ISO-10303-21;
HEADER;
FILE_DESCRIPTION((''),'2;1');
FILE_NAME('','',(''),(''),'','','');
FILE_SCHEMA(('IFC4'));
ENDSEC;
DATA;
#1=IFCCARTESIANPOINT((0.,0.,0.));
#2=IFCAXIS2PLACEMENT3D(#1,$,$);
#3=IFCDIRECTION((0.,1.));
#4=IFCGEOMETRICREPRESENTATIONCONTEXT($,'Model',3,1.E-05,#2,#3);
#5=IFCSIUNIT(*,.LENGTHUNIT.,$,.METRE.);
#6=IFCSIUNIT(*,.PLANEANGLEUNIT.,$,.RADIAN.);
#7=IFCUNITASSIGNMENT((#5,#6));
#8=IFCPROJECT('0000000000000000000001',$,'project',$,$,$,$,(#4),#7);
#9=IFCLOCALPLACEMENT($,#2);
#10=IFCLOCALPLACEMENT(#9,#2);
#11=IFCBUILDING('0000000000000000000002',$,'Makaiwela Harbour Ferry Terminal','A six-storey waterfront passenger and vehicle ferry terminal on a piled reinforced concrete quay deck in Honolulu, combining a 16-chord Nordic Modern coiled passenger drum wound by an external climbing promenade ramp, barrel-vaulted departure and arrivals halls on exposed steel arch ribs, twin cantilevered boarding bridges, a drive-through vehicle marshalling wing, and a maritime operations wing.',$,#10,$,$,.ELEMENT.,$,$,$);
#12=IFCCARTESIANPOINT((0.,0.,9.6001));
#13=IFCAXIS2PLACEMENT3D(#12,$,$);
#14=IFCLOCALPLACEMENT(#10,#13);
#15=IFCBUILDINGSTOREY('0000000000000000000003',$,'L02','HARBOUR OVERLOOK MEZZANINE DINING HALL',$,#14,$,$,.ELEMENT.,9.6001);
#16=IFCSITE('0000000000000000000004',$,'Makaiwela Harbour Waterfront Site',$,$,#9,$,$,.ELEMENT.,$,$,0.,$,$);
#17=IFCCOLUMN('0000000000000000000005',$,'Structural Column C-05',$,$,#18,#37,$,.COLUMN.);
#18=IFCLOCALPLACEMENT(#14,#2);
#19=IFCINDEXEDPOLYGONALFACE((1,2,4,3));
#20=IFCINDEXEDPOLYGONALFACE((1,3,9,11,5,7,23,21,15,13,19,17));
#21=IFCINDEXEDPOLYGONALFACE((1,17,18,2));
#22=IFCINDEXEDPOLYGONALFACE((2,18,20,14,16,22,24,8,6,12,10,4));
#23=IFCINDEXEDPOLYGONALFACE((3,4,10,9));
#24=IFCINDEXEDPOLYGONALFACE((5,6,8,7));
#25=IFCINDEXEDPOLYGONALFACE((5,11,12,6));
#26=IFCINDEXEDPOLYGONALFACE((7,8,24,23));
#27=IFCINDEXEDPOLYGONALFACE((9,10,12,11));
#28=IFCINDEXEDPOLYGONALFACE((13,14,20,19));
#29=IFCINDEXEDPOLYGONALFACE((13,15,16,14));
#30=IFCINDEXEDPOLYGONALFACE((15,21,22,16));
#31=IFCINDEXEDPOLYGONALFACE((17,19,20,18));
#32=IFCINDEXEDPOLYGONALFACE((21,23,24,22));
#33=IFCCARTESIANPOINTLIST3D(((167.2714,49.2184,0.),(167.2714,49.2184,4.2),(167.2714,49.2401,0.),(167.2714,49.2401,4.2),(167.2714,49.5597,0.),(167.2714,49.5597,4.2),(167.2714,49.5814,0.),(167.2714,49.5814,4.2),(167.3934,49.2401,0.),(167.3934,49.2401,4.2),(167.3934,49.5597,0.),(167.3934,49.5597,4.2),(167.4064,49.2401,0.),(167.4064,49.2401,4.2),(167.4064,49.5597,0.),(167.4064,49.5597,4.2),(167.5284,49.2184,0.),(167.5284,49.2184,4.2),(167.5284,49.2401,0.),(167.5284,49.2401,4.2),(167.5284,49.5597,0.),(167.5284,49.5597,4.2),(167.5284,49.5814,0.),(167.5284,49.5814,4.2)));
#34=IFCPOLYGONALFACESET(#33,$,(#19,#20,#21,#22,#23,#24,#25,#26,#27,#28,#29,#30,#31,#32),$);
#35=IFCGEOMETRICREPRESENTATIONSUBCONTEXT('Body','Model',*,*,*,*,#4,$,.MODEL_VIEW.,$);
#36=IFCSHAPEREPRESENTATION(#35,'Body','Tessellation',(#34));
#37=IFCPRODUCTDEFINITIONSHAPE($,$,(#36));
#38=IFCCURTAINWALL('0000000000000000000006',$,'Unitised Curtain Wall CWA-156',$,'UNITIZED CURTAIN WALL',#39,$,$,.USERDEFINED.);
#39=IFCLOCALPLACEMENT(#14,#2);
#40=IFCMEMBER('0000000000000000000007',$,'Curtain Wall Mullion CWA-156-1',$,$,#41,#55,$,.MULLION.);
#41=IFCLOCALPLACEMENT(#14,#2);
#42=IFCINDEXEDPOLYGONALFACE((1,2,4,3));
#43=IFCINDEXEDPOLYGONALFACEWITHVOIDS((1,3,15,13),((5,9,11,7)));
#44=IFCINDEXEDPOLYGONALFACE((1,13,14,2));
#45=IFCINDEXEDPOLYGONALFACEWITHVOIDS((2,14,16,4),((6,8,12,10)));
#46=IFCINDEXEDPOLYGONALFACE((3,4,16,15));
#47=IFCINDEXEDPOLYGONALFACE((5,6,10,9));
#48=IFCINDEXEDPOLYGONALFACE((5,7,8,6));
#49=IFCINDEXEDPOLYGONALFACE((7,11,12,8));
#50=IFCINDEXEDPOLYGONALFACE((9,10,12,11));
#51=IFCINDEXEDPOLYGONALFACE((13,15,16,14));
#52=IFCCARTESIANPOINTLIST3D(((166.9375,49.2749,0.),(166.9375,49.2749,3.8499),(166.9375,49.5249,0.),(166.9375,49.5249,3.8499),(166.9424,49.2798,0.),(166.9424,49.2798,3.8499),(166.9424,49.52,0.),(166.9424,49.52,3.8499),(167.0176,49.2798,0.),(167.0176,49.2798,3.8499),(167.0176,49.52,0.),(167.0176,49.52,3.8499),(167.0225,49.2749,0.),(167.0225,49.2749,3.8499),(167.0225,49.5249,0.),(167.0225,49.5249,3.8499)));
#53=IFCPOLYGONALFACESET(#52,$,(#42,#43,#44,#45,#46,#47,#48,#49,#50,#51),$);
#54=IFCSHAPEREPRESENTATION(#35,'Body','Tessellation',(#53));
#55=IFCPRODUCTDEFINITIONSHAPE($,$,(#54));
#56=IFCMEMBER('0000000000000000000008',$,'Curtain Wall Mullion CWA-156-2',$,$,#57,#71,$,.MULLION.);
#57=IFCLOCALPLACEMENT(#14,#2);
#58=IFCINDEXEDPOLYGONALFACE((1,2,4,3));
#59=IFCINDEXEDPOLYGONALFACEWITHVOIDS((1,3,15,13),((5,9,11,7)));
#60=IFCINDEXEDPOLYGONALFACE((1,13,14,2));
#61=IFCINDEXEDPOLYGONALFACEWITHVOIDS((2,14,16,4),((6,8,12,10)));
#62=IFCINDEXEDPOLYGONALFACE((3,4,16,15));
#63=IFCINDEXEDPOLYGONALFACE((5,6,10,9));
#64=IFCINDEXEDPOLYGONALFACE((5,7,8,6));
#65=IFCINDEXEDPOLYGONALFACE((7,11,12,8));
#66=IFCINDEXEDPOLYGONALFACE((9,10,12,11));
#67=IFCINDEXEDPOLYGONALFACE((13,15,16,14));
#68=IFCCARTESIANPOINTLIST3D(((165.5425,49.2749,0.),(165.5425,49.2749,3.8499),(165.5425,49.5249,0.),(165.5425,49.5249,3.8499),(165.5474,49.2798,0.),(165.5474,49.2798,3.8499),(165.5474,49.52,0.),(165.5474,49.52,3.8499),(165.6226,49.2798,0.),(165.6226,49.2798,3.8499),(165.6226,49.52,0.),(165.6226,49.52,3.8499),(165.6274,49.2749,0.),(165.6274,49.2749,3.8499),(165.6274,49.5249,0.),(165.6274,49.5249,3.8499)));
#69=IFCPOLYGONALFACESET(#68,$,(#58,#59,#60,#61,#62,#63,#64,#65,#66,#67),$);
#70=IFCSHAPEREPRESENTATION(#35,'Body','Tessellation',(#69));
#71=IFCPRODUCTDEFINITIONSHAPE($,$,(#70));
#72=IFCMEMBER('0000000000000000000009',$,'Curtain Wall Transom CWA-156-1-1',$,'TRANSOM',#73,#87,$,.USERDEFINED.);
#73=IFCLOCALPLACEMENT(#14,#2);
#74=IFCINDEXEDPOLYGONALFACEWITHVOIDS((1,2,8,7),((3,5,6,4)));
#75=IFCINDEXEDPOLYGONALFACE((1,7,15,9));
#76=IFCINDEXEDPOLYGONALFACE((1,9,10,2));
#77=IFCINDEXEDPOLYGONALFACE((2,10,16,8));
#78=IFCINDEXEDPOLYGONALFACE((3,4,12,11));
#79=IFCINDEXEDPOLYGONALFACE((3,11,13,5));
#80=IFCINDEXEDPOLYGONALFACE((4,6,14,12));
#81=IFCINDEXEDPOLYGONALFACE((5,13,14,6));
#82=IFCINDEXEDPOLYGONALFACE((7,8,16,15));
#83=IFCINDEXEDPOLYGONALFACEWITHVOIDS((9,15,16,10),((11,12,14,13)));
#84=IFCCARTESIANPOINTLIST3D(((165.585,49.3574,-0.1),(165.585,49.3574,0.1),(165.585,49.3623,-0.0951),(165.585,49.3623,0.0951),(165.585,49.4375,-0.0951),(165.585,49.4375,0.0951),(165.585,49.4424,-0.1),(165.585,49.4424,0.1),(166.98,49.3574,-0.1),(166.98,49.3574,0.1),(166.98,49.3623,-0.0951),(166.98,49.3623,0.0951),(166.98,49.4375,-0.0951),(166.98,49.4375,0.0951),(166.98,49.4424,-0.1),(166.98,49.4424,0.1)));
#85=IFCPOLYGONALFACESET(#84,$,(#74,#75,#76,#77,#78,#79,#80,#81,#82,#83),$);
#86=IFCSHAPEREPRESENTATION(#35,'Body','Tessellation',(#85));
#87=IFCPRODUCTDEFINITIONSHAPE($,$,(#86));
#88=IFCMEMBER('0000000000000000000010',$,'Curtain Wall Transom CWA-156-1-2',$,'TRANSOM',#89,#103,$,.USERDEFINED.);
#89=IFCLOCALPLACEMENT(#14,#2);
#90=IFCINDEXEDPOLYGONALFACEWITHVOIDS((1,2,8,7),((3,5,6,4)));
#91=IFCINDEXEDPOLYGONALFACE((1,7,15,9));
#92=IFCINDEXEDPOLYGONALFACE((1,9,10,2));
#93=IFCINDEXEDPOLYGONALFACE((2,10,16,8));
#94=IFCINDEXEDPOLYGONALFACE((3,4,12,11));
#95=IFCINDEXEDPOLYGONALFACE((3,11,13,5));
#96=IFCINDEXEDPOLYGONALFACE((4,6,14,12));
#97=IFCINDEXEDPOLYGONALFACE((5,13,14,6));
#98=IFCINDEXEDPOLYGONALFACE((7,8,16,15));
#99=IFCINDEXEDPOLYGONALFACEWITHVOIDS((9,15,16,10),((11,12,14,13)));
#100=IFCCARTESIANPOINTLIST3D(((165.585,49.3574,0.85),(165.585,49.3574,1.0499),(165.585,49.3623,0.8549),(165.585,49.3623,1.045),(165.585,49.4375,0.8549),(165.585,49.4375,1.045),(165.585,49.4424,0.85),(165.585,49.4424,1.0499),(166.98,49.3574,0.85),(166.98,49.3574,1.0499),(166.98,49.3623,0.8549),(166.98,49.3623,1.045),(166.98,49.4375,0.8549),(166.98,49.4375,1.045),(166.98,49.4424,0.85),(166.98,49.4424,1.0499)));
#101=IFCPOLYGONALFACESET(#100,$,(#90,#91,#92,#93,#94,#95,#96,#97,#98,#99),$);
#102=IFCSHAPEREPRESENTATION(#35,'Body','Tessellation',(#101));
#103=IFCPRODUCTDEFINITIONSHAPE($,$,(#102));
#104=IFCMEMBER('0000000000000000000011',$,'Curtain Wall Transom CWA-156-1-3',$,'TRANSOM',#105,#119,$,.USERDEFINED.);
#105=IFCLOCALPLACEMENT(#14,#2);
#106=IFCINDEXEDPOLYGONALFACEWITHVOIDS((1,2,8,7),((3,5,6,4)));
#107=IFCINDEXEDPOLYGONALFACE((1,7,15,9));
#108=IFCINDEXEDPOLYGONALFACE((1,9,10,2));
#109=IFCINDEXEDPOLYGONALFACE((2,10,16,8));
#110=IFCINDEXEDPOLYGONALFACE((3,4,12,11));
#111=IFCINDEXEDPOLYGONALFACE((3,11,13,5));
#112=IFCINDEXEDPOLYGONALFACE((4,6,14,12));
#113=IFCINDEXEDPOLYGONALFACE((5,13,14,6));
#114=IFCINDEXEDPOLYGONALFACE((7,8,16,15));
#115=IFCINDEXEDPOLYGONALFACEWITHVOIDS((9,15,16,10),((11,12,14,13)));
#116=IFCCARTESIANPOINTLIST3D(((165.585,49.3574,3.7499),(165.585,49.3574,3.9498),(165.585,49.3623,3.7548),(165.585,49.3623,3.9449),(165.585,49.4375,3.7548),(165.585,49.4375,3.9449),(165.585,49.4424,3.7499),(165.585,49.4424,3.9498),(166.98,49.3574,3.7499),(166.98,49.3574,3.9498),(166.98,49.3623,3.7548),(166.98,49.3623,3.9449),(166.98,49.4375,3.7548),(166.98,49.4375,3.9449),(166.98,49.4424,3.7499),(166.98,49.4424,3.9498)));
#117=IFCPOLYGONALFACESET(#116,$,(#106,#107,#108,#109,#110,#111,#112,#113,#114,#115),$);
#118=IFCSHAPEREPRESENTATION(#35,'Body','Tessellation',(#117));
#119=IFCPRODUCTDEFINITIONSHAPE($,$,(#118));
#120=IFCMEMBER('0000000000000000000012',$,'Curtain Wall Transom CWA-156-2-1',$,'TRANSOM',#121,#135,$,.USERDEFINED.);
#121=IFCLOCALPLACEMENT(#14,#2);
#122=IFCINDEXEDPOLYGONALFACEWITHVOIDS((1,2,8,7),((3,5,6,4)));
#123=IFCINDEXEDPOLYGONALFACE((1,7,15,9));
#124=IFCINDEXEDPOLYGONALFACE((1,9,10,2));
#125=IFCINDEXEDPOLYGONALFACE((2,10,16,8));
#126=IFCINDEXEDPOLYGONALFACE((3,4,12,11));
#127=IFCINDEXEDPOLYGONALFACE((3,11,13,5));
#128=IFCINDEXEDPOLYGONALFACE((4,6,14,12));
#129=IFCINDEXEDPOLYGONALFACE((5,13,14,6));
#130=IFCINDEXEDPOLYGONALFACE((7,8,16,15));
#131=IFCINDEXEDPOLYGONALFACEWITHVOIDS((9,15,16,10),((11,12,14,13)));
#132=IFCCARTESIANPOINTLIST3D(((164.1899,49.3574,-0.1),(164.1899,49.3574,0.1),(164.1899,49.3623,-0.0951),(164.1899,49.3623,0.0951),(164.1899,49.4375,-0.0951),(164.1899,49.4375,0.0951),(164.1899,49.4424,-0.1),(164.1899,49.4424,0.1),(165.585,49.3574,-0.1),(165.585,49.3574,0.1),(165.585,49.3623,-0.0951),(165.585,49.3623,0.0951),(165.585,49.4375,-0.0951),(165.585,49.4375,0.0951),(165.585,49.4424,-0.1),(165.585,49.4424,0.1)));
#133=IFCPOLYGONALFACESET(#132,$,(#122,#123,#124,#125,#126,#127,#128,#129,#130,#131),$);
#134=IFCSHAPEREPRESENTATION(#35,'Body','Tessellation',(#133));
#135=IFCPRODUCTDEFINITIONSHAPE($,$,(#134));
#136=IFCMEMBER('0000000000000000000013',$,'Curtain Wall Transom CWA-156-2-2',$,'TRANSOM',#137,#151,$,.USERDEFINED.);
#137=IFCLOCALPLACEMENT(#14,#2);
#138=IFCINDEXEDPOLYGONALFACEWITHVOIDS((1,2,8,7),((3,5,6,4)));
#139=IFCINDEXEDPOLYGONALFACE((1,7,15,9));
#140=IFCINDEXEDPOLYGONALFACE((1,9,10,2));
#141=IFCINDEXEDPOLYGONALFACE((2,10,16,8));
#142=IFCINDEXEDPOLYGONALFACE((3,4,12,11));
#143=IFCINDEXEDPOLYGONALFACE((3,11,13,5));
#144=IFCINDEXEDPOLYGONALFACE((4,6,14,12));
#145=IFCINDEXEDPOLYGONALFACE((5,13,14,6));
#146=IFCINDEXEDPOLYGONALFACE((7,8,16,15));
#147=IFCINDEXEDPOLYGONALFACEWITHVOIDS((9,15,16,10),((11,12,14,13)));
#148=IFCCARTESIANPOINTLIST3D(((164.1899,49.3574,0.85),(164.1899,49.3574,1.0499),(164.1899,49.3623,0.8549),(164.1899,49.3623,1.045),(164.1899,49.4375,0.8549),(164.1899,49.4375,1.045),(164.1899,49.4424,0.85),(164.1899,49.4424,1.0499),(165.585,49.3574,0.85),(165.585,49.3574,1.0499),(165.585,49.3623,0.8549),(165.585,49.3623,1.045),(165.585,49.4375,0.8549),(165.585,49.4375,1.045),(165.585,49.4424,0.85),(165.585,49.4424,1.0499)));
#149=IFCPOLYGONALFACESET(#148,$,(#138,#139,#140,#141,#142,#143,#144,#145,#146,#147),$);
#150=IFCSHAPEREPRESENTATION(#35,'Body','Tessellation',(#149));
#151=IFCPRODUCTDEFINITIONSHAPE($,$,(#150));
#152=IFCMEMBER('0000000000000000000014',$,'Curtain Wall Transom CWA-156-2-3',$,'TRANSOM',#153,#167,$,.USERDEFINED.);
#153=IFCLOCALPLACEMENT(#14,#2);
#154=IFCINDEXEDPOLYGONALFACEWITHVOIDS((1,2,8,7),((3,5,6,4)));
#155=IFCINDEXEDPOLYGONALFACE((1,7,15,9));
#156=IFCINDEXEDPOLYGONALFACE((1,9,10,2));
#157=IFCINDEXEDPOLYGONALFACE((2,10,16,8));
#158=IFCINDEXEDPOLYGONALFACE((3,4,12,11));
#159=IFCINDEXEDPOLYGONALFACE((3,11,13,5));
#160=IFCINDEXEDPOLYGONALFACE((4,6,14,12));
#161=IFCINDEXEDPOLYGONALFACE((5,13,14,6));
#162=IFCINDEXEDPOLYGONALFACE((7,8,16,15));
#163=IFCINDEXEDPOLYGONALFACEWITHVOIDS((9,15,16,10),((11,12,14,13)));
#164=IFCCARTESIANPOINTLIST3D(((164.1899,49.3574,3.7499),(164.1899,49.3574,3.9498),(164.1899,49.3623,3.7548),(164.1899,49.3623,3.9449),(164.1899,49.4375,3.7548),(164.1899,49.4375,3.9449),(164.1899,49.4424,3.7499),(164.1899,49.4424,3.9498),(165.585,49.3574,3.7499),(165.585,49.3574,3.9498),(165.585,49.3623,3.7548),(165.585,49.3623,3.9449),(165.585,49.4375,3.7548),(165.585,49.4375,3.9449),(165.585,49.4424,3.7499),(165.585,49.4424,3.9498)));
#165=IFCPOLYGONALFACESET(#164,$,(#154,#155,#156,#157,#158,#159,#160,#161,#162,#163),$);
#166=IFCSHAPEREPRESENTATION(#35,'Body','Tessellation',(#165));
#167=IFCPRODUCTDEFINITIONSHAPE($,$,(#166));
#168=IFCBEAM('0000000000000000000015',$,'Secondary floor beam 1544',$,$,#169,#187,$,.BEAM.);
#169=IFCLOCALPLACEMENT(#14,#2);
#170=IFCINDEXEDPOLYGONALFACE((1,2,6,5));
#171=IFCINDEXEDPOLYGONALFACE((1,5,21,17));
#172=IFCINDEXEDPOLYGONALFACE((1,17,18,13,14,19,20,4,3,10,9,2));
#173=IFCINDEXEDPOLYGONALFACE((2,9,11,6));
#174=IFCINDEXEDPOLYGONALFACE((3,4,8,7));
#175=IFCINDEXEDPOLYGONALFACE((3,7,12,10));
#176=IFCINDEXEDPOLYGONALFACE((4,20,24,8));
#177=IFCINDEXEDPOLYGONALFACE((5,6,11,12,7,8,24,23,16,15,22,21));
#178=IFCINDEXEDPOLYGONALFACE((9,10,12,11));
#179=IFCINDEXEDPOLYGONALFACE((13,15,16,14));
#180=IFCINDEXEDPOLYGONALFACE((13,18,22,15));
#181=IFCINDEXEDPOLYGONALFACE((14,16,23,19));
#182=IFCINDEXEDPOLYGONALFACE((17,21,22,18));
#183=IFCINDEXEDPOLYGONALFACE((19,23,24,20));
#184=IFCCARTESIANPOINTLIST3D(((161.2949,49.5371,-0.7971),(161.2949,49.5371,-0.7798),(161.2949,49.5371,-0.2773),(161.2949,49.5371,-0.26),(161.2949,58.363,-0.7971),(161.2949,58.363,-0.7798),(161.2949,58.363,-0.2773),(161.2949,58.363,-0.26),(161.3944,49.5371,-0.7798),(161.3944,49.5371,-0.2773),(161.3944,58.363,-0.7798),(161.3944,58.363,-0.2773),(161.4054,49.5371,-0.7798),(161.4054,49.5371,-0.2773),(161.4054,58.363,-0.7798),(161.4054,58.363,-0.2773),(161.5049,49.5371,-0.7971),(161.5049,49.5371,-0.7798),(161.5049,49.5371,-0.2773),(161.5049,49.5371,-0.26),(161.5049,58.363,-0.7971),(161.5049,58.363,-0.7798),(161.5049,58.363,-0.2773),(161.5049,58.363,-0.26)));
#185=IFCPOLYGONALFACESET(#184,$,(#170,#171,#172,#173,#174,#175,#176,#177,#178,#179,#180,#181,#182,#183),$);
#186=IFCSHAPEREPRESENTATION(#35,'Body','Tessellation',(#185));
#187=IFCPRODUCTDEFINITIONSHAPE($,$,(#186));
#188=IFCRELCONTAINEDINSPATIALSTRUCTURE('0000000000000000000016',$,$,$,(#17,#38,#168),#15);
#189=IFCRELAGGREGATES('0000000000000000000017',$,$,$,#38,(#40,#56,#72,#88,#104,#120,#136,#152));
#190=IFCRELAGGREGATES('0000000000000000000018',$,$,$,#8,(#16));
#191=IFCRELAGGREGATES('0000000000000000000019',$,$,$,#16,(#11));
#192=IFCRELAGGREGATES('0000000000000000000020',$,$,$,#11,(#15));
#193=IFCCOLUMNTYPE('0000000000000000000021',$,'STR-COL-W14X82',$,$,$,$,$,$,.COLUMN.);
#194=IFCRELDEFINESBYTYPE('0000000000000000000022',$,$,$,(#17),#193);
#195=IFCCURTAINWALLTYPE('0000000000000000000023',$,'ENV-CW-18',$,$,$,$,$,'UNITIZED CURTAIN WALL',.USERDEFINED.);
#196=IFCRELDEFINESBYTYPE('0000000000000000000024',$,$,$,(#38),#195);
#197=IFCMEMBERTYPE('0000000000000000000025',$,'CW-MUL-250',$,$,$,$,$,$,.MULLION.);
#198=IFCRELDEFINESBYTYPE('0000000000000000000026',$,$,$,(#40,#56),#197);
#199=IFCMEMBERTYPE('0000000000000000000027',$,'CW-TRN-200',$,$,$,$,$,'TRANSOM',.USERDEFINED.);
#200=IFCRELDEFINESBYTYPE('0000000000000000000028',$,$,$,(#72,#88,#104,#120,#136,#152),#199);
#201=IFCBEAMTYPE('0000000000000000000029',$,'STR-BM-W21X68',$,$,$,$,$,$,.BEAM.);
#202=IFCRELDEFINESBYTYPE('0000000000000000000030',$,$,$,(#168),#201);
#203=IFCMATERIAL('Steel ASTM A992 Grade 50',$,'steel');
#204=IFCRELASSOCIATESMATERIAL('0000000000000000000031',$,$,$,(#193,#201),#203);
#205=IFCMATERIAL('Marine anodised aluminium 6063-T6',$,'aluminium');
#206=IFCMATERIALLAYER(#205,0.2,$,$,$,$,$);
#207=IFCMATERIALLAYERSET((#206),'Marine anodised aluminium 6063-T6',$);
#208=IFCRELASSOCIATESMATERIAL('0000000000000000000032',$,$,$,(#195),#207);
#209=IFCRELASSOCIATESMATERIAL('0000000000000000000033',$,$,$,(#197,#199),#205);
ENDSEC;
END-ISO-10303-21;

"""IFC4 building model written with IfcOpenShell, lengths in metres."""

from ifc_helpers import new_model, si_unit, direction, frame, origin, origin_2d, place, context, subcontext, project, spatial, hollow_rectangle, i_section, extrude, material, layer, layer_set, material_profile, profile_set, type_object, element, aggregate, save


model = new_model("IFC4")

# Units and contexts
model_context = context("Model", 3, precision=1e-05, world=origin(), true_north=direction((0.0, 1.0)))
body_context = subcontext(model_context, "Body", "Model", "MODEL_VIEW")
ifc_project = project(units=[si_unit("LENGTHUNIT", "METRE"), si_unit("PLANEANGLEUNIT", "RADIAN")], contexts=[model_context])

# Site, building, storey
site_placement = place(None, origin())
site = spatial("IfcSite", under=ifc_project, at=site_placement, Name="Makaiwela Harbour Waterfront Site", CompositionType="ELEMENT", RefElevation=0.0)
building_placement = place(site_placement, origin())
building = spatial("IfcBuilding", under=site, at=building_placement, Name="Makaiwela Harbour Ferry Terminal", Description="A six-storey waterfront passenger and vehicle ferry terminal on a piled reinforced concrete quay deck in Honolulu, combining a 16-chord Nordic Modern coiled passenger drum wound by an external climbing promenade ramp, barrel-vaulted departure and arrivals halls on exposed steel arch ribs, twin cantilevered boarding bridges, a drive-through vehicle marshalling wing, and a maritime operations wing.", CompositionType="ELEMENT")
storey_placement = place(building_placement, frame((0.0, 0.0, 9.6001)))
storey = spatial("IfcBuildingStorey", under=building, at=storey_placement, Name="L02", Description="HARBOUR OVERLOOK MEZZANINE DINING HALL", CompositionType="ELEMENT", Elevation=9.6001)

# Column
ifc_material_1 = material(Name="Steel ASTM A992 Grade 50", Category="steel")
ifc_material_profile_1 = material_profile(ifc_material_1, i_section(OverallWidth=0.2571, OverallDepth=0.363, WebThickness=0.0129, FlangeThickness=0.0217, at=origin_2d()), Name="W14X82")
ifc_profile_set_1 = profile_set([ifc_material_profile_1], Name="Steel ASTM A992 Grade 50")
column_type = type_object("IfcColumnType", Name="STR-COL-W14X82", PredefinedType="COLUMN", material=ifc_profile_set_1)
column_placement = place(storey_placement, frame((167.3999, 49.3999, 0.0), z_axis=(0.0, 0.0, 1.0), x_axis=(1.0, 0.0, 0.0)))
element("IfcColumn", 1, at=column_placement, inside=storey, type_object=column_type, Name="Structural Column C-05", PredefinedType="COLUMN", context=body_context, shape_type="SweptSolid", body=[
    extrude(i_section(OverallWidth=0.2571, OverallDepth=0.363, WebThickness=0.0129, FlangeThickness=0.0217, at=origin_2d()), origin(), (0.0, 0.0, 1.0), 4.2),
])

# Curtain wall, members
ifc_material_2 = material(Name="Marine anodised aluminium 6063-T6", Category="aluminium")
ifc_layer_1 = layer(ifc_material_2, 0.2)
ifc_layer_set_1 = layer_set([ifc_layer_1], Name="Marine anodised aluminium 6063-T6")
curtain_wall_type = type_object("IfcCurtainWallType", Name="ENV-CW-18", ElementType="UNITIZED CURTAIN WALL", PredefinedType="USERDEFINED", material=ifc_layer_set_1)
curtain_wall_placement = place(storey_placement, origin())
curtain_wall = element("IfcCurtainWall", 2, at=curtain_wall_placement, inside=storey, type_object=curtain_wall_type, Name="Unitised Curtain Wall CWA-156", ObjectType="UNITIZED CURTAIN WALL", PredefinedType="USERDEFINED")
ifc_material_profile_2 = material_profile(ifc_material_2, hollow_rectangle(XDim=0.085, YDim=0.25, WallThickness=0.0049, at=origin_2d()), Name="CWM-250X85")
ifc_profile_set_2 = profile_set([ifc_material_profile_2], Name="Marine anodised aluminium 6063-T6")
member_type_1 = type_object("IfcMemberType", Name="CW-MUL-250", PredefinedType="MULLION", material=ifc_profile_set_2)
member_1_placement = place(storey_placement, frame((166.98, 49.3999, 0.0), z_axis=(0.0, 0.0, 1.0), x_axis=(1.0, 0.0, 0.0)))
member_1 = element("IfcMember", 3, at=member_1_placement, type_object=member_type_1, Name="Curtain Wall Mullion CWA-156-1", PredefinedType="MULLION", context=body_context, shape_type="SweptSolid", body=[
    extrude(hollow_rectangle(XDim=0.085, YDim=0.25, WallThickness=0.0049, at=origin_2d()), origin(), (0.0, 0.0, 1.0), 3.8499),
])
member_2_placement = place(storey_placement, frame((165.585, 49.3999, 0.0), z_axis=(0.0, 0.0, 1.0), x_axis=(1.0, 0.0, 0.0)))
member_2 = element("IfcMember", 4, at=member_2_placement, type_object=member_type_1, Name="Curtain Wall Mullion CWA-156-2", PredefinedType="MULLION", context=body_context, shape_type="SweptSolid", body=[
    extrude(hollow_rectangle(XDim=0.085, YDim=0.25, WallThickness=0.0049, at=origin_2d()), origin(), (0.0, 0.0, 1.0), 3.8499),
])
ifc_material_profile_3 = material_profile(ifc_material_2, hollow_rectangle(XDim=0.085, YDim=0.2, WallThickness=0.0049, at=origin_2d()), Name="CWT-200X85")
ifc_profile_set_3 = profile_set([ifc_material_profile_3], Name="Marine anodised aluminium 6063-T6")
member_type_2 = type_object("IfcMemberType", Name="CW-TRN-200", ElementType="TRANSOM", PredefinedType="USERDEFINED", material=ifc_profile_set_3)
member_3_placement = place(storey_placement, frame((166.98, 49.3999, 0.0), z_axis=(-1.0, 0.0, 0.0), x_axis=(0.0, -1.0, 0.0)))
member_3 = element("IfcMember", 5, at=member_3_placement, type_object=member_type_2, Name="Curtain Wall Transom CWA-156-1-1", ObjectType="TRANSOM", PredefinedType="USERDEFINED", context=body_context, shape_type="SweptSolid", body=[
    extrude(hollow_rectangle(XDim=0.085, YDim=0.2, WallThickness=0.0049, at=origin_2d()), origin(), (0.0, 0.0, 1.0), 1.395),
])
member_4_placement = place(storey_placement, frame((166.98, 49.3999, 0.95), z_axis=(-1.0, 0.0, 0.0), x_axis=(0.0, -1.0, 0.0)))
member_4 = element("IfcMember", 6, at=member_4_placement, type_object=member_type_2, Name="Curtain Wall Transom CWA-156-1-2", ObjectType="TRANSOM", PredefinedType="USERDEFINED", context=body_context, shape_type="SweptSolid", body=[
    extrude(hollow_rectangle(XDim=0.085, YDim=0.2, WallThickness=0.0049, at=origin_2d()), origin(), (0.0, 0.0, 1.0), 1.395),
])
member_5_placement = place(storey_placement, frame((166.98, 49.3999, 3.8499), z_axis=(-1.0, 0.0, 0.0), x_axis=(0.0, -1.0, 0.0)))
member_5 = element("IfcMember", 7, at=member_5_placement, type_object=member_type_2, Name="Curtain Wall Transom CWA-156-1-3", ObjectType="TRANSOM", PredefinedType="USERDEFINED", context=body_context, shape_type="SweptSolid", body=[
    extrude(hollow_rectangle(XDim=0.085, YDim=0.2, WallThickness=0.0049, at=origin_2d()), origin(), (0.0, 0.0, 1.0), 1.395),
])
member_6_placement = place(storey_placement, frame((165.585, 49.3999, 0.0), z_axis=(-1.0, 0.0, 0.0), x_axis=(0.0, -1.0, 0.0)))
member_6 = element("IfcMember", 8, at=member_6_placement, type_object=member_type_2, Name="Curtain Wall Transom CWA-156-2-1", ObjectType="TRANSOM", PredefinedType="USERDEFINED", context=body_context, shape_type="SweptSolid", body=[
    extrude(hollow_rectangle(XDim=0.085, YDim=0.2, WallThickness=0.0049, at=origin_2d()), origin(), (0.0, 0.0, 1.0), 1.395),
])
member_7_placement = place(storey_placement, frame((165.585, 49.3999, 0.95), z_axis=(-1.0, 0.0, 0.0), x_axis=(0.0, -1.0, 0.0)))
member_7 = element("IfcMember", 9, at=member_7_placement, type_object=member_type_2, Name="Curtain Wall Transom CWA-156-2-2", ObjectType="TRANSOM", PredefinedType="USERDEFINED", context=body_context, shape_type="SweptSolid", body=[
    extrude(hollow_rectangle(XDim=0.085, YDim=0.2, WallThickness=0.0049, at=origin_2d()), origin(), (0.0, 0.0, 1.0), 1.395),
])
member_8_placement = place(storey_placement, frame((165.585, 49.3999, 3.8499), z_axis=(-1.0, 0.0, 0.0), x_axis=(0.0, -1.0, 0.0)))
member_8 = element("IfcMember", 10, at=member_8_placement, type_object=member_type_2, Name="Curtain Wall Transom CWA-156-2-3", ObjectType="TRANSOM", PredefinedType="USERDEFINED", context=body_context, shape_type="SweptSolid", body=[
    extrude(hollow_rectangle(XDim=0.085, YDim=0.2, WallThickness=0.0049, at=origin_2d()), origin(), (0.0, 0.0, 1.0), 1.395),
])

# Beam
ifc_material_profile_4 = material_profile(ifc_material_1, i_section(OverallWidth=0.21, OverallDepth=0.5371, WebThickness=0.011, FlangeThickness=0.0173, at=origin_2d()), Name="W21X68")
ifc_profile_set_4 = profile_set([ifc_material_profile_4], Name="Steel ASTM A992 Grade 50")
beam_type_1 = type_object("IfcBeamType", Name="STR-BM-W21X68", PredefinedType="BEAM", material=ifc_profile_set_4)
beam_1_placement = place(storey_placement, frame((161.3999, 49.5371, -0.5286), z_axis=(0.0, 1.0, 0.0), x_axis=(-1.0, 0.0, 0.0)))
element("IfcBeam", 11, at=beam_1_placement, inside=storey, type_object=beam_type_1, Name="Secondary floor beam 1544", PredefinedType="BEAM", context=body_context, shape_type="SweptSolid", body=[
    extrude(i_section(OverallWidth=0.21, OverallDepth=0.5371, WebThickness=0.011, FlangeThickness=0.0173, at=origin_2d()), origin(), (0.0, 0.0, 1.0), 8.8259),
])

aggregate(curtain_wall, [member_1, member_2, member_3, member_4, member_5, member_6, member_7, member_8])

save(model, "model.ifc")
